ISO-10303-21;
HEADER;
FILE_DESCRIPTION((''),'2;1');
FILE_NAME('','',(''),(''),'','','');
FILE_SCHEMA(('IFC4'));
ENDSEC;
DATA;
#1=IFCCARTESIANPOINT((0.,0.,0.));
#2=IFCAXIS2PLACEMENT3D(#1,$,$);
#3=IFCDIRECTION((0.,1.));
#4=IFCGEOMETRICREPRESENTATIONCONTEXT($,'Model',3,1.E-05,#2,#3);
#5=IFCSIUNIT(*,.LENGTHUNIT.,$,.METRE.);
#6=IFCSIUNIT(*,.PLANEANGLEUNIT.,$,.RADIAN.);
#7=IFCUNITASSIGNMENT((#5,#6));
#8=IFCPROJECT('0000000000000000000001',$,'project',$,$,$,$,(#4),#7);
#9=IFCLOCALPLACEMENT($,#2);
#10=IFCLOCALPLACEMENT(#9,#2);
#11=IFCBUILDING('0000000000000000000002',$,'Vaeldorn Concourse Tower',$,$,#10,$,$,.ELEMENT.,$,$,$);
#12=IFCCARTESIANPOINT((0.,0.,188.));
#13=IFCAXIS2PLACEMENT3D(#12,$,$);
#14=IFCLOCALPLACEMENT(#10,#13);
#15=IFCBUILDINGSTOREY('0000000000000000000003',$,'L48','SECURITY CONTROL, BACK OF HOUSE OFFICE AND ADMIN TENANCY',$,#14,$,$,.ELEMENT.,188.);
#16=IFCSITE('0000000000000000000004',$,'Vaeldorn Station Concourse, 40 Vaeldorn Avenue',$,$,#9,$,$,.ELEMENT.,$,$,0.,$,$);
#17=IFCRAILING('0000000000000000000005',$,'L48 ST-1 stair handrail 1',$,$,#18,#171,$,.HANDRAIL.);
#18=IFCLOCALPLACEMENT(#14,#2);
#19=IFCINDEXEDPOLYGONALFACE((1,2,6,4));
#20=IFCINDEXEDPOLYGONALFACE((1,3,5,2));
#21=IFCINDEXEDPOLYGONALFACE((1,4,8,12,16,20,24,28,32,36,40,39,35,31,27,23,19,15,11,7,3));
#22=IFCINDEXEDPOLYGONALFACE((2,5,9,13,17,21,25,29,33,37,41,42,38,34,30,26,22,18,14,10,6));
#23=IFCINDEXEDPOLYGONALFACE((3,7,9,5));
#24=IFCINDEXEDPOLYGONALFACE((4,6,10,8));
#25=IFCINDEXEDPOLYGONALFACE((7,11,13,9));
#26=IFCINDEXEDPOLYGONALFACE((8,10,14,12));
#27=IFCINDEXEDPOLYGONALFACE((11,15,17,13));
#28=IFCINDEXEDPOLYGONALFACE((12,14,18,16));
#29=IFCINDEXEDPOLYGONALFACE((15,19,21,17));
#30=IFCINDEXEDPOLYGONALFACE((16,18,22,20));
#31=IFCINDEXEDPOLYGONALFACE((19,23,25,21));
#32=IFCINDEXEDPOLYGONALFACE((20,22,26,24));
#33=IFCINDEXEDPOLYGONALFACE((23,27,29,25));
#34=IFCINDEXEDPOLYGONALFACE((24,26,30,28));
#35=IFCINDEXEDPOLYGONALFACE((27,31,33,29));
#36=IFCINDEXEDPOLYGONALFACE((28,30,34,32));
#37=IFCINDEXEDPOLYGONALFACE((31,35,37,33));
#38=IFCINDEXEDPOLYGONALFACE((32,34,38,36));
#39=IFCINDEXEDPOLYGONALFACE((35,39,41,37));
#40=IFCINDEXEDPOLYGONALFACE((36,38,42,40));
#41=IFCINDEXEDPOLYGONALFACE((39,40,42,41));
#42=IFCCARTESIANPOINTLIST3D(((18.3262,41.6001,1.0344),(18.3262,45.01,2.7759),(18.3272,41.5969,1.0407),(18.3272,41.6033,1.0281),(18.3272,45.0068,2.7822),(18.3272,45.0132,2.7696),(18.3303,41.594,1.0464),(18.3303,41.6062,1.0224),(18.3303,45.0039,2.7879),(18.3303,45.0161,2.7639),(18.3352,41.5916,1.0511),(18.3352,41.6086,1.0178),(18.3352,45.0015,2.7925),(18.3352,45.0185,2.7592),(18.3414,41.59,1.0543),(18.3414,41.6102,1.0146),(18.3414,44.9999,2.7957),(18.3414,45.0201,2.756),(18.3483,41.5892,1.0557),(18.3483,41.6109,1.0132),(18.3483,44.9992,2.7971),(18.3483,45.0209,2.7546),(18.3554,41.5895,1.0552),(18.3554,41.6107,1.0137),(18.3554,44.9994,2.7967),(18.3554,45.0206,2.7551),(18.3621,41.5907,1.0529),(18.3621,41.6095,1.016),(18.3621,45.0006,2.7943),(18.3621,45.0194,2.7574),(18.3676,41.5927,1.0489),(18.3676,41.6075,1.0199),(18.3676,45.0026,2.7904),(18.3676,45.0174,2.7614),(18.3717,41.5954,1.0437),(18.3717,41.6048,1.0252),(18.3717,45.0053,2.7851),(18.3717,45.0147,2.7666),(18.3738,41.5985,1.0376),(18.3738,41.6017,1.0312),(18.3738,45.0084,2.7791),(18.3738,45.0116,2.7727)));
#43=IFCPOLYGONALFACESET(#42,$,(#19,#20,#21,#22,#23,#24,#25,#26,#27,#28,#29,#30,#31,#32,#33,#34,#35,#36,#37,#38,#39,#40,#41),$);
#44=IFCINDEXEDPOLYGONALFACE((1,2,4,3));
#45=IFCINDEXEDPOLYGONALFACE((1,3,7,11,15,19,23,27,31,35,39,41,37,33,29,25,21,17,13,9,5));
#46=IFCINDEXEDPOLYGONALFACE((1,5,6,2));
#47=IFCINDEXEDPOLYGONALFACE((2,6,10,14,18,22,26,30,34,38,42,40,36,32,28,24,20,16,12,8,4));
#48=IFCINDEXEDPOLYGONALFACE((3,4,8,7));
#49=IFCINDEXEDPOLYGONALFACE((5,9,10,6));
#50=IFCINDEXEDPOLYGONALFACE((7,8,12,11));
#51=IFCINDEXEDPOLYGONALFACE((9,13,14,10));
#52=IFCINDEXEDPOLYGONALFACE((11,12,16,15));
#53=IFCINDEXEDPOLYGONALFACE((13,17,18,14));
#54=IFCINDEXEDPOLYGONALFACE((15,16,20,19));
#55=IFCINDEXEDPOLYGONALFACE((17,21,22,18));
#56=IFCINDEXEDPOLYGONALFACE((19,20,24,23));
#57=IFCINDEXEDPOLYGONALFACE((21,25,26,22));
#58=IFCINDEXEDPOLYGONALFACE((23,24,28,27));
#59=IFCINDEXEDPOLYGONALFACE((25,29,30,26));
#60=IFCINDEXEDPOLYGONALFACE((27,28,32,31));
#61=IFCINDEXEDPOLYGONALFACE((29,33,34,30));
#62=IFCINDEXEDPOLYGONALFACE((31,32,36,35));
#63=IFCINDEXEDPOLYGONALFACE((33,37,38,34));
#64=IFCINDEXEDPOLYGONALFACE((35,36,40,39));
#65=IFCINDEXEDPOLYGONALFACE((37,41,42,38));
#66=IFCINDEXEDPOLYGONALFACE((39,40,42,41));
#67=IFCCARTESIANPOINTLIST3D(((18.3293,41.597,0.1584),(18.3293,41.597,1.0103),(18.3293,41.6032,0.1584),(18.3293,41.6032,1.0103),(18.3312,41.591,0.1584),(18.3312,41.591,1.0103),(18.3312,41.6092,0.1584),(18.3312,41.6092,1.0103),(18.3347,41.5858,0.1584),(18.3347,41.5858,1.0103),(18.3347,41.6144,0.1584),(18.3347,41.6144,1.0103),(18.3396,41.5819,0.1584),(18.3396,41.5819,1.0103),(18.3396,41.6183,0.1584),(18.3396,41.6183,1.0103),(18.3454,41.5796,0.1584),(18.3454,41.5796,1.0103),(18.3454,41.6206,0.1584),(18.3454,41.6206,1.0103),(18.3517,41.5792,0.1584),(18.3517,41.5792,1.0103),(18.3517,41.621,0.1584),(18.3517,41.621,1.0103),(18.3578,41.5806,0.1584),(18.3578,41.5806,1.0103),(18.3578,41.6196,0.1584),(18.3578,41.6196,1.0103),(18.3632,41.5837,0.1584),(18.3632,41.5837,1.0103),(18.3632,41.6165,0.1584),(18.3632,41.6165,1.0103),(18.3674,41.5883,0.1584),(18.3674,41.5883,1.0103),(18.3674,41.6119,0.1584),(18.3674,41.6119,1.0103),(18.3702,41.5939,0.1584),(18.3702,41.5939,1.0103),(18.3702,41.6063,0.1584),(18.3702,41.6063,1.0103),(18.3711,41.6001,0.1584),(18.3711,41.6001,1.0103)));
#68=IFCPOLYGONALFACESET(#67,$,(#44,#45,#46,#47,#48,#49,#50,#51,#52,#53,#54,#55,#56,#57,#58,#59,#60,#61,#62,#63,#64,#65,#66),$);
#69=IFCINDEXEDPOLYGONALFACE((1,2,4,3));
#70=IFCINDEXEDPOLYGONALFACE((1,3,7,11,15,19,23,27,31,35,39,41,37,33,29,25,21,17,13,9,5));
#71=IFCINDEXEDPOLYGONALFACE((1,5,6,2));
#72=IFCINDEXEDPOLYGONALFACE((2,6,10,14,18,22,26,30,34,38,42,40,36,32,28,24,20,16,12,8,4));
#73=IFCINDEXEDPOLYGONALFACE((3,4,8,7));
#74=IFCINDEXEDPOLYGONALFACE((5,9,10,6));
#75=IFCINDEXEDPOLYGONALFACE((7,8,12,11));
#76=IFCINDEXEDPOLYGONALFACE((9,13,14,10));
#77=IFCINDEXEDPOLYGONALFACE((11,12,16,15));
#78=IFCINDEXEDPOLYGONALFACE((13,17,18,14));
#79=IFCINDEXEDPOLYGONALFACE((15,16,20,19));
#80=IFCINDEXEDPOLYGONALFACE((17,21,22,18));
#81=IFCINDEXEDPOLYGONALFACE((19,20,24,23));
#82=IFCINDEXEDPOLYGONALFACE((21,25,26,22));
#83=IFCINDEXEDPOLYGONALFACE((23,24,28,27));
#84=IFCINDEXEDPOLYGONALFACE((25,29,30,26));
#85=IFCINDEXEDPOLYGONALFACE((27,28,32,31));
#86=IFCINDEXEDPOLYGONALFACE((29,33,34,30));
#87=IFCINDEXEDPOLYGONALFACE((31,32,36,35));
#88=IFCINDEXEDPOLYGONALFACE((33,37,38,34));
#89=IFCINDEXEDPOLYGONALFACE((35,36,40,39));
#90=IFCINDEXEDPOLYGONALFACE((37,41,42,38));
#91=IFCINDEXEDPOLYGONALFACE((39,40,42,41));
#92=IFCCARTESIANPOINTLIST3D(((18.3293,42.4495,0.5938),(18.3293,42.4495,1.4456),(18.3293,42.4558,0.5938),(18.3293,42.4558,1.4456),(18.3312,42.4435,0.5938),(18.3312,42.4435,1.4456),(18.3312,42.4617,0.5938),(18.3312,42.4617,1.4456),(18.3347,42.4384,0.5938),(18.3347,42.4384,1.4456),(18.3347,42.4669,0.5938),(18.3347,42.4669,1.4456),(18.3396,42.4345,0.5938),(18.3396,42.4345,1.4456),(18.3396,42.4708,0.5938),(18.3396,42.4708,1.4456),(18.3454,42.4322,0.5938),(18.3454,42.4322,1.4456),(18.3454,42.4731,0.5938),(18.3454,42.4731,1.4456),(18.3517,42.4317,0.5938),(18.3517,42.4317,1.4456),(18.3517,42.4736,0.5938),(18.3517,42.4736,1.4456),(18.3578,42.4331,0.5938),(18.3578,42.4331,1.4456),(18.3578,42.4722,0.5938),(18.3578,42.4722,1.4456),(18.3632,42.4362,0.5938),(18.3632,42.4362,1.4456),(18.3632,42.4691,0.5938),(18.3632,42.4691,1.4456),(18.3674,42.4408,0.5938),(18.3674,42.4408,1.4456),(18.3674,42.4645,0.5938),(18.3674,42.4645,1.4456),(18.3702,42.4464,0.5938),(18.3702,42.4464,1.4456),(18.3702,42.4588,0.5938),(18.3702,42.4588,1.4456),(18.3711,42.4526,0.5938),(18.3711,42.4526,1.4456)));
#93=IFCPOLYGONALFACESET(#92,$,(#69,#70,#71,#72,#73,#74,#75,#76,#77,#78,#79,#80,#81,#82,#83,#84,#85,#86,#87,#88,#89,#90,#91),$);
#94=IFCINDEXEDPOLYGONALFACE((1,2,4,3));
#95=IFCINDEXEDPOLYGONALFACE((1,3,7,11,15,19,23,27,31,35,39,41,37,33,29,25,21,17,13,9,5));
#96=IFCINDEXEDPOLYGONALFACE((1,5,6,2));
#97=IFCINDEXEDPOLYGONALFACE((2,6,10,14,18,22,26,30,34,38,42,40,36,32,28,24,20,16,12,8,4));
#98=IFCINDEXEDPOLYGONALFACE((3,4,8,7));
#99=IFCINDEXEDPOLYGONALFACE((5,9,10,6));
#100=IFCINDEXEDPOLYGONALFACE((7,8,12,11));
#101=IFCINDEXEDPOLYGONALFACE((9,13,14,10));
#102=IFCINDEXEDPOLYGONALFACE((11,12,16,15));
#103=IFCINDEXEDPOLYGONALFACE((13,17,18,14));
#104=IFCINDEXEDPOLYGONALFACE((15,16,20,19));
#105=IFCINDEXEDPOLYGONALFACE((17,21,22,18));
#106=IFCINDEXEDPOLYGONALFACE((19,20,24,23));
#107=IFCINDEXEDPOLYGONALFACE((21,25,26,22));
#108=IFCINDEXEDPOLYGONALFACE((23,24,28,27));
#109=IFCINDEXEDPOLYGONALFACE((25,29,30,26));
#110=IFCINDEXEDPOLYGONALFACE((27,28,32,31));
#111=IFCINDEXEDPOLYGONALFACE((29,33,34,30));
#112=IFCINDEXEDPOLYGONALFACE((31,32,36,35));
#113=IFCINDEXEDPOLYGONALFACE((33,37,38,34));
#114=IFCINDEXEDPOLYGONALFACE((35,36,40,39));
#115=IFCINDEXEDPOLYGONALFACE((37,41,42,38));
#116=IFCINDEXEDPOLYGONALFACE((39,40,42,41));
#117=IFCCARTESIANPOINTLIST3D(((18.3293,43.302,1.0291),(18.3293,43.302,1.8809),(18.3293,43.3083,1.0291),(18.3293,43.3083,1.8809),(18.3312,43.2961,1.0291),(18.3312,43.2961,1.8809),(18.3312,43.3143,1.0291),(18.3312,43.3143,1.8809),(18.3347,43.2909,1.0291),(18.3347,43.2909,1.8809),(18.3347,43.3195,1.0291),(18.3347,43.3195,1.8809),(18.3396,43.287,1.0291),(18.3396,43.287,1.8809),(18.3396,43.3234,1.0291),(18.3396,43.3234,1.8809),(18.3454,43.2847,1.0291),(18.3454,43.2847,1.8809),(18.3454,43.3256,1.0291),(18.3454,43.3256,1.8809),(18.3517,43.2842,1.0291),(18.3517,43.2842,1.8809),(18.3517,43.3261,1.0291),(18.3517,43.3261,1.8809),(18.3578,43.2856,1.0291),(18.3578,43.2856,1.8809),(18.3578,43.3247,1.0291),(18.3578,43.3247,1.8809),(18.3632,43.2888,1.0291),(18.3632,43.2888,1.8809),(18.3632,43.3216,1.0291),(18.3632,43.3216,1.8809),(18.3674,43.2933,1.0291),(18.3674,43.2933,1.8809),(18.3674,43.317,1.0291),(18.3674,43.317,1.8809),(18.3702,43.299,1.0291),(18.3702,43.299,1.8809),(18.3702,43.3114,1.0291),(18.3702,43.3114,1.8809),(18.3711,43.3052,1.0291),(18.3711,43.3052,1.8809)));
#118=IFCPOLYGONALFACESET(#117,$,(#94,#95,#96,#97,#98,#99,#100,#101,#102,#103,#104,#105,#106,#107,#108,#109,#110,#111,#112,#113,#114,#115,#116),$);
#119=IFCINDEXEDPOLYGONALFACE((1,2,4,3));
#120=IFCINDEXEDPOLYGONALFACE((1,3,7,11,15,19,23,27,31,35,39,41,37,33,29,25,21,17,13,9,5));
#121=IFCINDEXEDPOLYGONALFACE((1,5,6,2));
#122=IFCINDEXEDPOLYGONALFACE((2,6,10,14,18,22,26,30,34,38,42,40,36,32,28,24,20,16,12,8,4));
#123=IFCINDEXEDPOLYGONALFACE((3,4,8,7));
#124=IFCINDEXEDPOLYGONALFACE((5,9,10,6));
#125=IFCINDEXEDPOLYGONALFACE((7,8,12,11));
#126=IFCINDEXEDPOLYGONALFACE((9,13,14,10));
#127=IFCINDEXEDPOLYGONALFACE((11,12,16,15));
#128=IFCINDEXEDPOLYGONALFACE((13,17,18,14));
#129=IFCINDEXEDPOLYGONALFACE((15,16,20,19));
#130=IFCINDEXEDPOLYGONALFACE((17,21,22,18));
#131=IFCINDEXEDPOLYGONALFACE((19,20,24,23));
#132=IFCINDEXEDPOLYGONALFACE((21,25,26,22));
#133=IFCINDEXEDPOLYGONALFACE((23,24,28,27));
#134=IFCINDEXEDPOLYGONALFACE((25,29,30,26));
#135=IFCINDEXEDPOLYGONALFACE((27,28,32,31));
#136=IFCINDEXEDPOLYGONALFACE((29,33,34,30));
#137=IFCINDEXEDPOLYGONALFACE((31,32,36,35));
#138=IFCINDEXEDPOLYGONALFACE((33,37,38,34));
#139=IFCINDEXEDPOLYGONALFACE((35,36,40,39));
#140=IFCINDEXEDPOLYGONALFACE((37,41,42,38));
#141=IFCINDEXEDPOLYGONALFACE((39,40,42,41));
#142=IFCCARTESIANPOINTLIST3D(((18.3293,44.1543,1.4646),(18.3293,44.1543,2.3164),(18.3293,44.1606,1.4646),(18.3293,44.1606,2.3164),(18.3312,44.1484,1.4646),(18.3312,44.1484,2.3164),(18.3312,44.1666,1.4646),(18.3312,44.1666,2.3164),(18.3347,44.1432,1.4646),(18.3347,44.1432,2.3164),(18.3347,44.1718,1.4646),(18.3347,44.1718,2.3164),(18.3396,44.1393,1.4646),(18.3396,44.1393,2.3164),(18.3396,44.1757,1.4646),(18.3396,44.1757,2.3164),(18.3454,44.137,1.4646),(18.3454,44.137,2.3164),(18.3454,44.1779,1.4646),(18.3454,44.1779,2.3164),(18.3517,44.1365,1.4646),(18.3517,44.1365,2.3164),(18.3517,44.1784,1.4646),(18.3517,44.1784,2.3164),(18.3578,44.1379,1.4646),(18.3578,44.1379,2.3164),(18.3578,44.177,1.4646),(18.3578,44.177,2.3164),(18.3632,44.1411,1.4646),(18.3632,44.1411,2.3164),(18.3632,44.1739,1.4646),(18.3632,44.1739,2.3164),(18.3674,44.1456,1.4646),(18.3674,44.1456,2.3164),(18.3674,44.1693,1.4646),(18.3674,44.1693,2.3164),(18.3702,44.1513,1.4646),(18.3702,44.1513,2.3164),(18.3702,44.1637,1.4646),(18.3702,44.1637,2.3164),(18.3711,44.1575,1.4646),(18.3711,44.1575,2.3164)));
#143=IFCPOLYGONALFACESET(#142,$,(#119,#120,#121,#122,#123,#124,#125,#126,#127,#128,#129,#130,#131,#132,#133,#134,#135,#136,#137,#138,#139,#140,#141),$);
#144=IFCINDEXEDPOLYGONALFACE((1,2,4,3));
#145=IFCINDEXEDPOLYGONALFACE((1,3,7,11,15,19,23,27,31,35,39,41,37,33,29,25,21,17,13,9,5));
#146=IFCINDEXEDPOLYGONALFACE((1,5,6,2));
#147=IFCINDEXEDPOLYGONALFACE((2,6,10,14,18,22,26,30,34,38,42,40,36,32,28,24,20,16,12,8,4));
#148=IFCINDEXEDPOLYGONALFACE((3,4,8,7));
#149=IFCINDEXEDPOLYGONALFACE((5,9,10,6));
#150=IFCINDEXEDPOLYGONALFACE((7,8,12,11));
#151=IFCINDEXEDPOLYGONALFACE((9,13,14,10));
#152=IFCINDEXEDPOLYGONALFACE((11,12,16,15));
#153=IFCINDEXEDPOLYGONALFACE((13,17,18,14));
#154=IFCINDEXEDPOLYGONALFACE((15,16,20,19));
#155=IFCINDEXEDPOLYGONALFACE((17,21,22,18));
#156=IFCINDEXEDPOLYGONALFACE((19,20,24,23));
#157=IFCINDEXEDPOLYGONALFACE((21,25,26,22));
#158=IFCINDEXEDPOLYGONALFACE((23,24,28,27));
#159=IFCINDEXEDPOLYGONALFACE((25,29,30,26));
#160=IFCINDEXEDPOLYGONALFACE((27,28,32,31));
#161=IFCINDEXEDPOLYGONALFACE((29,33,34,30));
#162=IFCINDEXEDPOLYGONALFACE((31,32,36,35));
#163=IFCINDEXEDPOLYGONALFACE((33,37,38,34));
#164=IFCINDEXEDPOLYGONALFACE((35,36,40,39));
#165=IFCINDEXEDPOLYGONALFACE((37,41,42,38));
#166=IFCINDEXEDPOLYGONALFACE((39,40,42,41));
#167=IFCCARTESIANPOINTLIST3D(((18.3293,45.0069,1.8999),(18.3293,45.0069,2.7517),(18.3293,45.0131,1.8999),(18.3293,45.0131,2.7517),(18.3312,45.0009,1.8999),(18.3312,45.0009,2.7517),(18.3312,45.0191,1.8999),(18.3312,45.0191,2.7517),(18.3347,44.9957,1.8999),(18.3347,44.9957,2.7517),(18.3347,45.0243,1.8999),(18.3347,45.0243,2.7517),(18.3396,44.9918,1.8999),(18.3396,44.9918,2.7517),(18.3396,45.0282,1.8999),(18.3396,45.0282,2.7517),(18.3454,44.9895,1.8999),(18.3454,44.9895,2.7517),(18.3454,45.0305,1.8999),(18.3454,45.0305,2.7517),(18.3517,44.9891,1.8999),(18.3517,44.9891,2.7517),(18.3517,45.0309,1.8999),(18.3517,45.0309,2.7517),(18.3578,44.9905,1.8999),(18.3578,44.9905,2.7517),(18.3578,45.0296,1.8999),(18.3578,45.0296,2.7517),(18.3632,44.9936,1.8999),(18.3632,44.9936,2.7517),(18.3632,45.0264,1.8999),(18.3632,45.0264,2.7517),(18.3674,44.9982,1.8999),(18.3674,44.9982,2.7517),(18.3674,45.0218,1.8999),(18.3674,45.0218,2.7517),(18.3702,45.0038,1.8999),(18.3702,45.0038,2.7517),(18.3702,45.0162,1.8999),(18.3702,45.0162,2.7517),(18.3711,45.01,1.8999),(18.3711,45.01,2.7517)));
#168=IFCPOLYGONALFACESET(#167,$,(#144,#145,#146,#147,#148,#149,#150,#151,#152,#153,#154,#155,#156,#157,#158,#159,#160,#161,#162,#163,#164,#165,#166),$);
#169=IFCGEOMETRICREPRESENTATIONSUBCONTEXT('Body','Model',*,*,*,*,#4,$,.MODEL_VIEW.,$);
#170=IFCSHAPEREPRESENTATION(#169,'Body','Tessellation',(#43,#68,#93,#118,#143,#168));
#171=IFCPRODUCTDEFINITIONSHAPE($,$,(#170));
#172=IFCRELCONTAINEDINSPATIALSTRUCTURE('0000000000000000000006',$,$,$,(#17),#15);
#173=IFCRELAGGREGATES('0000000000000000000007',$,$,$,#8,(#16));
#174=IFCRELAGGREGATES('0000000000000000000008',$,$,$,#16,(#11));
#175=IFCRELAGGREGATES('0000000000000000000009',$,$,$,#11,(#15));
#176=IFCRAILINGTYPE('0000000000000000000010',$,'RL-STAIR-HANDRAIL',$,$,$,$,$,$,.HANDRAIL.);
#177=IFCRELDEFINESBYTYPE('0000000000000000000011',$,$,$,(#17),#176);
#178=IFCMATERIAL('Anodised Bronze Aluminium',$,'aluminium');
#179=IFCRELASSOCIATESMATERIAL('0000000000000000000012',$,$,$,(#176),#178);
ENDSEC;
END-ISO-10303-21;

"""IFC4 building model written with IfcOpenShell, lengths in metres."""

from ifc_helpers import new_model, si_unit, direction, frame, origin, origin_2d, place, context, subcontext, project, spatial, circle, extrude, material, type_object, element, save


model = new_model("IFC4")

# Units and contexts
model_context = context("Model", 3, precision=1e-05, world=origin(), true_north=direction((0.0, 1.0)))
body_context = subcontext(model_context, "Body", "Model", "MODEL_VIEW")
ifc_project = project(units=[si_unit("LENGTHUNIT", "METRE"), si_unit("PLANEANGLEUNIT", "RADIAN")], contexts=[model_context])

# Site, building, storey
site_placement = place(None, origin())
site = spatial("IfcSite", under=ifc_project, at=site_placement, Name="Vaeldorn Station Concourse, 40 Vaeldorn Avenue", CompositionType="ELEMENT", RefElevation=0.0)
building_placement = place(site_placement, origin())
building = spatial("IfcBuilding", under=site, at=building_placement, Name="Vaeldorn Concourse Tower", CompositionType="ELEMENT")
storey_placement = place(building_placement, frame((0.0, 0.0, 188.0)))
storey = spatial("IfcBuildingStorey", under=building, at=storey_placement, Name="L48", Description="SECURITY CONTROL, BACK OF HOUSE OFFICE AND ADMIN TENANCY", CompositionType="ELEMENT", Elevation=188.0)

# Shared definitions
ifc_material_1 = material(Name="Anodised Bronze Aluminium", Category="aluminium")

# Railing
railing_type_1 = type_object("IfcRailingType", Name="RL-STAIR-HANDRAIL", PredefinedType="HANDRAIL", material=ifc_material_1)
railing_1_placement = place(storey_placement, frame((18.3501, 41.6001, 0.1584)))
element("IfcRailing", 1, at=railing_1_placement, inside=storey, type_object=railing_type_1, Name="L48 ST-1 stair handrail 1", PredefinedType="HANDRAIL", context=body_context, shape_type="SweptSolid", body=[
    extrude(circle(Radius=0.0239, at=origin_2d()), frame((0.0, 0.0, 0.876), z_axis=(0.0, 0.890582, 0.454823), x_axis=(-1.0, 0.0, 0.0)), (0.0, 0.0, 1.0), 3.8289),
    extrude(circle(Radius=0.021, at=origin_2d()), origin(), (0.0, 0.0, 1.0), 0.8518),
    extrude(circle(Radius=0.021, at=origin_2d()), frame((0.0, 0.8525, 0.4353)), (0.0, 0.0, 1.0), 0.8518),
    extrude(circle(Radius=0.021, at=origin_2d()), frame((0.0, 1.7051, 0.8706)), (0.0, 0.0, 1.0), 0.8518),
    extrude(circle(Radius=0.021, at=origin_2d()), frame((0.0, 2.5574, 1.3062)), (0.0, 0.0, 1.0), 0.8518),
    extrude(circle(Radius=0.021, at=origin_2d()), frame((0.0, 3.4099, 1.7415)), (0.0, 0.0, 1.0), 0.8518),
])

save(model, "model.ifc")
